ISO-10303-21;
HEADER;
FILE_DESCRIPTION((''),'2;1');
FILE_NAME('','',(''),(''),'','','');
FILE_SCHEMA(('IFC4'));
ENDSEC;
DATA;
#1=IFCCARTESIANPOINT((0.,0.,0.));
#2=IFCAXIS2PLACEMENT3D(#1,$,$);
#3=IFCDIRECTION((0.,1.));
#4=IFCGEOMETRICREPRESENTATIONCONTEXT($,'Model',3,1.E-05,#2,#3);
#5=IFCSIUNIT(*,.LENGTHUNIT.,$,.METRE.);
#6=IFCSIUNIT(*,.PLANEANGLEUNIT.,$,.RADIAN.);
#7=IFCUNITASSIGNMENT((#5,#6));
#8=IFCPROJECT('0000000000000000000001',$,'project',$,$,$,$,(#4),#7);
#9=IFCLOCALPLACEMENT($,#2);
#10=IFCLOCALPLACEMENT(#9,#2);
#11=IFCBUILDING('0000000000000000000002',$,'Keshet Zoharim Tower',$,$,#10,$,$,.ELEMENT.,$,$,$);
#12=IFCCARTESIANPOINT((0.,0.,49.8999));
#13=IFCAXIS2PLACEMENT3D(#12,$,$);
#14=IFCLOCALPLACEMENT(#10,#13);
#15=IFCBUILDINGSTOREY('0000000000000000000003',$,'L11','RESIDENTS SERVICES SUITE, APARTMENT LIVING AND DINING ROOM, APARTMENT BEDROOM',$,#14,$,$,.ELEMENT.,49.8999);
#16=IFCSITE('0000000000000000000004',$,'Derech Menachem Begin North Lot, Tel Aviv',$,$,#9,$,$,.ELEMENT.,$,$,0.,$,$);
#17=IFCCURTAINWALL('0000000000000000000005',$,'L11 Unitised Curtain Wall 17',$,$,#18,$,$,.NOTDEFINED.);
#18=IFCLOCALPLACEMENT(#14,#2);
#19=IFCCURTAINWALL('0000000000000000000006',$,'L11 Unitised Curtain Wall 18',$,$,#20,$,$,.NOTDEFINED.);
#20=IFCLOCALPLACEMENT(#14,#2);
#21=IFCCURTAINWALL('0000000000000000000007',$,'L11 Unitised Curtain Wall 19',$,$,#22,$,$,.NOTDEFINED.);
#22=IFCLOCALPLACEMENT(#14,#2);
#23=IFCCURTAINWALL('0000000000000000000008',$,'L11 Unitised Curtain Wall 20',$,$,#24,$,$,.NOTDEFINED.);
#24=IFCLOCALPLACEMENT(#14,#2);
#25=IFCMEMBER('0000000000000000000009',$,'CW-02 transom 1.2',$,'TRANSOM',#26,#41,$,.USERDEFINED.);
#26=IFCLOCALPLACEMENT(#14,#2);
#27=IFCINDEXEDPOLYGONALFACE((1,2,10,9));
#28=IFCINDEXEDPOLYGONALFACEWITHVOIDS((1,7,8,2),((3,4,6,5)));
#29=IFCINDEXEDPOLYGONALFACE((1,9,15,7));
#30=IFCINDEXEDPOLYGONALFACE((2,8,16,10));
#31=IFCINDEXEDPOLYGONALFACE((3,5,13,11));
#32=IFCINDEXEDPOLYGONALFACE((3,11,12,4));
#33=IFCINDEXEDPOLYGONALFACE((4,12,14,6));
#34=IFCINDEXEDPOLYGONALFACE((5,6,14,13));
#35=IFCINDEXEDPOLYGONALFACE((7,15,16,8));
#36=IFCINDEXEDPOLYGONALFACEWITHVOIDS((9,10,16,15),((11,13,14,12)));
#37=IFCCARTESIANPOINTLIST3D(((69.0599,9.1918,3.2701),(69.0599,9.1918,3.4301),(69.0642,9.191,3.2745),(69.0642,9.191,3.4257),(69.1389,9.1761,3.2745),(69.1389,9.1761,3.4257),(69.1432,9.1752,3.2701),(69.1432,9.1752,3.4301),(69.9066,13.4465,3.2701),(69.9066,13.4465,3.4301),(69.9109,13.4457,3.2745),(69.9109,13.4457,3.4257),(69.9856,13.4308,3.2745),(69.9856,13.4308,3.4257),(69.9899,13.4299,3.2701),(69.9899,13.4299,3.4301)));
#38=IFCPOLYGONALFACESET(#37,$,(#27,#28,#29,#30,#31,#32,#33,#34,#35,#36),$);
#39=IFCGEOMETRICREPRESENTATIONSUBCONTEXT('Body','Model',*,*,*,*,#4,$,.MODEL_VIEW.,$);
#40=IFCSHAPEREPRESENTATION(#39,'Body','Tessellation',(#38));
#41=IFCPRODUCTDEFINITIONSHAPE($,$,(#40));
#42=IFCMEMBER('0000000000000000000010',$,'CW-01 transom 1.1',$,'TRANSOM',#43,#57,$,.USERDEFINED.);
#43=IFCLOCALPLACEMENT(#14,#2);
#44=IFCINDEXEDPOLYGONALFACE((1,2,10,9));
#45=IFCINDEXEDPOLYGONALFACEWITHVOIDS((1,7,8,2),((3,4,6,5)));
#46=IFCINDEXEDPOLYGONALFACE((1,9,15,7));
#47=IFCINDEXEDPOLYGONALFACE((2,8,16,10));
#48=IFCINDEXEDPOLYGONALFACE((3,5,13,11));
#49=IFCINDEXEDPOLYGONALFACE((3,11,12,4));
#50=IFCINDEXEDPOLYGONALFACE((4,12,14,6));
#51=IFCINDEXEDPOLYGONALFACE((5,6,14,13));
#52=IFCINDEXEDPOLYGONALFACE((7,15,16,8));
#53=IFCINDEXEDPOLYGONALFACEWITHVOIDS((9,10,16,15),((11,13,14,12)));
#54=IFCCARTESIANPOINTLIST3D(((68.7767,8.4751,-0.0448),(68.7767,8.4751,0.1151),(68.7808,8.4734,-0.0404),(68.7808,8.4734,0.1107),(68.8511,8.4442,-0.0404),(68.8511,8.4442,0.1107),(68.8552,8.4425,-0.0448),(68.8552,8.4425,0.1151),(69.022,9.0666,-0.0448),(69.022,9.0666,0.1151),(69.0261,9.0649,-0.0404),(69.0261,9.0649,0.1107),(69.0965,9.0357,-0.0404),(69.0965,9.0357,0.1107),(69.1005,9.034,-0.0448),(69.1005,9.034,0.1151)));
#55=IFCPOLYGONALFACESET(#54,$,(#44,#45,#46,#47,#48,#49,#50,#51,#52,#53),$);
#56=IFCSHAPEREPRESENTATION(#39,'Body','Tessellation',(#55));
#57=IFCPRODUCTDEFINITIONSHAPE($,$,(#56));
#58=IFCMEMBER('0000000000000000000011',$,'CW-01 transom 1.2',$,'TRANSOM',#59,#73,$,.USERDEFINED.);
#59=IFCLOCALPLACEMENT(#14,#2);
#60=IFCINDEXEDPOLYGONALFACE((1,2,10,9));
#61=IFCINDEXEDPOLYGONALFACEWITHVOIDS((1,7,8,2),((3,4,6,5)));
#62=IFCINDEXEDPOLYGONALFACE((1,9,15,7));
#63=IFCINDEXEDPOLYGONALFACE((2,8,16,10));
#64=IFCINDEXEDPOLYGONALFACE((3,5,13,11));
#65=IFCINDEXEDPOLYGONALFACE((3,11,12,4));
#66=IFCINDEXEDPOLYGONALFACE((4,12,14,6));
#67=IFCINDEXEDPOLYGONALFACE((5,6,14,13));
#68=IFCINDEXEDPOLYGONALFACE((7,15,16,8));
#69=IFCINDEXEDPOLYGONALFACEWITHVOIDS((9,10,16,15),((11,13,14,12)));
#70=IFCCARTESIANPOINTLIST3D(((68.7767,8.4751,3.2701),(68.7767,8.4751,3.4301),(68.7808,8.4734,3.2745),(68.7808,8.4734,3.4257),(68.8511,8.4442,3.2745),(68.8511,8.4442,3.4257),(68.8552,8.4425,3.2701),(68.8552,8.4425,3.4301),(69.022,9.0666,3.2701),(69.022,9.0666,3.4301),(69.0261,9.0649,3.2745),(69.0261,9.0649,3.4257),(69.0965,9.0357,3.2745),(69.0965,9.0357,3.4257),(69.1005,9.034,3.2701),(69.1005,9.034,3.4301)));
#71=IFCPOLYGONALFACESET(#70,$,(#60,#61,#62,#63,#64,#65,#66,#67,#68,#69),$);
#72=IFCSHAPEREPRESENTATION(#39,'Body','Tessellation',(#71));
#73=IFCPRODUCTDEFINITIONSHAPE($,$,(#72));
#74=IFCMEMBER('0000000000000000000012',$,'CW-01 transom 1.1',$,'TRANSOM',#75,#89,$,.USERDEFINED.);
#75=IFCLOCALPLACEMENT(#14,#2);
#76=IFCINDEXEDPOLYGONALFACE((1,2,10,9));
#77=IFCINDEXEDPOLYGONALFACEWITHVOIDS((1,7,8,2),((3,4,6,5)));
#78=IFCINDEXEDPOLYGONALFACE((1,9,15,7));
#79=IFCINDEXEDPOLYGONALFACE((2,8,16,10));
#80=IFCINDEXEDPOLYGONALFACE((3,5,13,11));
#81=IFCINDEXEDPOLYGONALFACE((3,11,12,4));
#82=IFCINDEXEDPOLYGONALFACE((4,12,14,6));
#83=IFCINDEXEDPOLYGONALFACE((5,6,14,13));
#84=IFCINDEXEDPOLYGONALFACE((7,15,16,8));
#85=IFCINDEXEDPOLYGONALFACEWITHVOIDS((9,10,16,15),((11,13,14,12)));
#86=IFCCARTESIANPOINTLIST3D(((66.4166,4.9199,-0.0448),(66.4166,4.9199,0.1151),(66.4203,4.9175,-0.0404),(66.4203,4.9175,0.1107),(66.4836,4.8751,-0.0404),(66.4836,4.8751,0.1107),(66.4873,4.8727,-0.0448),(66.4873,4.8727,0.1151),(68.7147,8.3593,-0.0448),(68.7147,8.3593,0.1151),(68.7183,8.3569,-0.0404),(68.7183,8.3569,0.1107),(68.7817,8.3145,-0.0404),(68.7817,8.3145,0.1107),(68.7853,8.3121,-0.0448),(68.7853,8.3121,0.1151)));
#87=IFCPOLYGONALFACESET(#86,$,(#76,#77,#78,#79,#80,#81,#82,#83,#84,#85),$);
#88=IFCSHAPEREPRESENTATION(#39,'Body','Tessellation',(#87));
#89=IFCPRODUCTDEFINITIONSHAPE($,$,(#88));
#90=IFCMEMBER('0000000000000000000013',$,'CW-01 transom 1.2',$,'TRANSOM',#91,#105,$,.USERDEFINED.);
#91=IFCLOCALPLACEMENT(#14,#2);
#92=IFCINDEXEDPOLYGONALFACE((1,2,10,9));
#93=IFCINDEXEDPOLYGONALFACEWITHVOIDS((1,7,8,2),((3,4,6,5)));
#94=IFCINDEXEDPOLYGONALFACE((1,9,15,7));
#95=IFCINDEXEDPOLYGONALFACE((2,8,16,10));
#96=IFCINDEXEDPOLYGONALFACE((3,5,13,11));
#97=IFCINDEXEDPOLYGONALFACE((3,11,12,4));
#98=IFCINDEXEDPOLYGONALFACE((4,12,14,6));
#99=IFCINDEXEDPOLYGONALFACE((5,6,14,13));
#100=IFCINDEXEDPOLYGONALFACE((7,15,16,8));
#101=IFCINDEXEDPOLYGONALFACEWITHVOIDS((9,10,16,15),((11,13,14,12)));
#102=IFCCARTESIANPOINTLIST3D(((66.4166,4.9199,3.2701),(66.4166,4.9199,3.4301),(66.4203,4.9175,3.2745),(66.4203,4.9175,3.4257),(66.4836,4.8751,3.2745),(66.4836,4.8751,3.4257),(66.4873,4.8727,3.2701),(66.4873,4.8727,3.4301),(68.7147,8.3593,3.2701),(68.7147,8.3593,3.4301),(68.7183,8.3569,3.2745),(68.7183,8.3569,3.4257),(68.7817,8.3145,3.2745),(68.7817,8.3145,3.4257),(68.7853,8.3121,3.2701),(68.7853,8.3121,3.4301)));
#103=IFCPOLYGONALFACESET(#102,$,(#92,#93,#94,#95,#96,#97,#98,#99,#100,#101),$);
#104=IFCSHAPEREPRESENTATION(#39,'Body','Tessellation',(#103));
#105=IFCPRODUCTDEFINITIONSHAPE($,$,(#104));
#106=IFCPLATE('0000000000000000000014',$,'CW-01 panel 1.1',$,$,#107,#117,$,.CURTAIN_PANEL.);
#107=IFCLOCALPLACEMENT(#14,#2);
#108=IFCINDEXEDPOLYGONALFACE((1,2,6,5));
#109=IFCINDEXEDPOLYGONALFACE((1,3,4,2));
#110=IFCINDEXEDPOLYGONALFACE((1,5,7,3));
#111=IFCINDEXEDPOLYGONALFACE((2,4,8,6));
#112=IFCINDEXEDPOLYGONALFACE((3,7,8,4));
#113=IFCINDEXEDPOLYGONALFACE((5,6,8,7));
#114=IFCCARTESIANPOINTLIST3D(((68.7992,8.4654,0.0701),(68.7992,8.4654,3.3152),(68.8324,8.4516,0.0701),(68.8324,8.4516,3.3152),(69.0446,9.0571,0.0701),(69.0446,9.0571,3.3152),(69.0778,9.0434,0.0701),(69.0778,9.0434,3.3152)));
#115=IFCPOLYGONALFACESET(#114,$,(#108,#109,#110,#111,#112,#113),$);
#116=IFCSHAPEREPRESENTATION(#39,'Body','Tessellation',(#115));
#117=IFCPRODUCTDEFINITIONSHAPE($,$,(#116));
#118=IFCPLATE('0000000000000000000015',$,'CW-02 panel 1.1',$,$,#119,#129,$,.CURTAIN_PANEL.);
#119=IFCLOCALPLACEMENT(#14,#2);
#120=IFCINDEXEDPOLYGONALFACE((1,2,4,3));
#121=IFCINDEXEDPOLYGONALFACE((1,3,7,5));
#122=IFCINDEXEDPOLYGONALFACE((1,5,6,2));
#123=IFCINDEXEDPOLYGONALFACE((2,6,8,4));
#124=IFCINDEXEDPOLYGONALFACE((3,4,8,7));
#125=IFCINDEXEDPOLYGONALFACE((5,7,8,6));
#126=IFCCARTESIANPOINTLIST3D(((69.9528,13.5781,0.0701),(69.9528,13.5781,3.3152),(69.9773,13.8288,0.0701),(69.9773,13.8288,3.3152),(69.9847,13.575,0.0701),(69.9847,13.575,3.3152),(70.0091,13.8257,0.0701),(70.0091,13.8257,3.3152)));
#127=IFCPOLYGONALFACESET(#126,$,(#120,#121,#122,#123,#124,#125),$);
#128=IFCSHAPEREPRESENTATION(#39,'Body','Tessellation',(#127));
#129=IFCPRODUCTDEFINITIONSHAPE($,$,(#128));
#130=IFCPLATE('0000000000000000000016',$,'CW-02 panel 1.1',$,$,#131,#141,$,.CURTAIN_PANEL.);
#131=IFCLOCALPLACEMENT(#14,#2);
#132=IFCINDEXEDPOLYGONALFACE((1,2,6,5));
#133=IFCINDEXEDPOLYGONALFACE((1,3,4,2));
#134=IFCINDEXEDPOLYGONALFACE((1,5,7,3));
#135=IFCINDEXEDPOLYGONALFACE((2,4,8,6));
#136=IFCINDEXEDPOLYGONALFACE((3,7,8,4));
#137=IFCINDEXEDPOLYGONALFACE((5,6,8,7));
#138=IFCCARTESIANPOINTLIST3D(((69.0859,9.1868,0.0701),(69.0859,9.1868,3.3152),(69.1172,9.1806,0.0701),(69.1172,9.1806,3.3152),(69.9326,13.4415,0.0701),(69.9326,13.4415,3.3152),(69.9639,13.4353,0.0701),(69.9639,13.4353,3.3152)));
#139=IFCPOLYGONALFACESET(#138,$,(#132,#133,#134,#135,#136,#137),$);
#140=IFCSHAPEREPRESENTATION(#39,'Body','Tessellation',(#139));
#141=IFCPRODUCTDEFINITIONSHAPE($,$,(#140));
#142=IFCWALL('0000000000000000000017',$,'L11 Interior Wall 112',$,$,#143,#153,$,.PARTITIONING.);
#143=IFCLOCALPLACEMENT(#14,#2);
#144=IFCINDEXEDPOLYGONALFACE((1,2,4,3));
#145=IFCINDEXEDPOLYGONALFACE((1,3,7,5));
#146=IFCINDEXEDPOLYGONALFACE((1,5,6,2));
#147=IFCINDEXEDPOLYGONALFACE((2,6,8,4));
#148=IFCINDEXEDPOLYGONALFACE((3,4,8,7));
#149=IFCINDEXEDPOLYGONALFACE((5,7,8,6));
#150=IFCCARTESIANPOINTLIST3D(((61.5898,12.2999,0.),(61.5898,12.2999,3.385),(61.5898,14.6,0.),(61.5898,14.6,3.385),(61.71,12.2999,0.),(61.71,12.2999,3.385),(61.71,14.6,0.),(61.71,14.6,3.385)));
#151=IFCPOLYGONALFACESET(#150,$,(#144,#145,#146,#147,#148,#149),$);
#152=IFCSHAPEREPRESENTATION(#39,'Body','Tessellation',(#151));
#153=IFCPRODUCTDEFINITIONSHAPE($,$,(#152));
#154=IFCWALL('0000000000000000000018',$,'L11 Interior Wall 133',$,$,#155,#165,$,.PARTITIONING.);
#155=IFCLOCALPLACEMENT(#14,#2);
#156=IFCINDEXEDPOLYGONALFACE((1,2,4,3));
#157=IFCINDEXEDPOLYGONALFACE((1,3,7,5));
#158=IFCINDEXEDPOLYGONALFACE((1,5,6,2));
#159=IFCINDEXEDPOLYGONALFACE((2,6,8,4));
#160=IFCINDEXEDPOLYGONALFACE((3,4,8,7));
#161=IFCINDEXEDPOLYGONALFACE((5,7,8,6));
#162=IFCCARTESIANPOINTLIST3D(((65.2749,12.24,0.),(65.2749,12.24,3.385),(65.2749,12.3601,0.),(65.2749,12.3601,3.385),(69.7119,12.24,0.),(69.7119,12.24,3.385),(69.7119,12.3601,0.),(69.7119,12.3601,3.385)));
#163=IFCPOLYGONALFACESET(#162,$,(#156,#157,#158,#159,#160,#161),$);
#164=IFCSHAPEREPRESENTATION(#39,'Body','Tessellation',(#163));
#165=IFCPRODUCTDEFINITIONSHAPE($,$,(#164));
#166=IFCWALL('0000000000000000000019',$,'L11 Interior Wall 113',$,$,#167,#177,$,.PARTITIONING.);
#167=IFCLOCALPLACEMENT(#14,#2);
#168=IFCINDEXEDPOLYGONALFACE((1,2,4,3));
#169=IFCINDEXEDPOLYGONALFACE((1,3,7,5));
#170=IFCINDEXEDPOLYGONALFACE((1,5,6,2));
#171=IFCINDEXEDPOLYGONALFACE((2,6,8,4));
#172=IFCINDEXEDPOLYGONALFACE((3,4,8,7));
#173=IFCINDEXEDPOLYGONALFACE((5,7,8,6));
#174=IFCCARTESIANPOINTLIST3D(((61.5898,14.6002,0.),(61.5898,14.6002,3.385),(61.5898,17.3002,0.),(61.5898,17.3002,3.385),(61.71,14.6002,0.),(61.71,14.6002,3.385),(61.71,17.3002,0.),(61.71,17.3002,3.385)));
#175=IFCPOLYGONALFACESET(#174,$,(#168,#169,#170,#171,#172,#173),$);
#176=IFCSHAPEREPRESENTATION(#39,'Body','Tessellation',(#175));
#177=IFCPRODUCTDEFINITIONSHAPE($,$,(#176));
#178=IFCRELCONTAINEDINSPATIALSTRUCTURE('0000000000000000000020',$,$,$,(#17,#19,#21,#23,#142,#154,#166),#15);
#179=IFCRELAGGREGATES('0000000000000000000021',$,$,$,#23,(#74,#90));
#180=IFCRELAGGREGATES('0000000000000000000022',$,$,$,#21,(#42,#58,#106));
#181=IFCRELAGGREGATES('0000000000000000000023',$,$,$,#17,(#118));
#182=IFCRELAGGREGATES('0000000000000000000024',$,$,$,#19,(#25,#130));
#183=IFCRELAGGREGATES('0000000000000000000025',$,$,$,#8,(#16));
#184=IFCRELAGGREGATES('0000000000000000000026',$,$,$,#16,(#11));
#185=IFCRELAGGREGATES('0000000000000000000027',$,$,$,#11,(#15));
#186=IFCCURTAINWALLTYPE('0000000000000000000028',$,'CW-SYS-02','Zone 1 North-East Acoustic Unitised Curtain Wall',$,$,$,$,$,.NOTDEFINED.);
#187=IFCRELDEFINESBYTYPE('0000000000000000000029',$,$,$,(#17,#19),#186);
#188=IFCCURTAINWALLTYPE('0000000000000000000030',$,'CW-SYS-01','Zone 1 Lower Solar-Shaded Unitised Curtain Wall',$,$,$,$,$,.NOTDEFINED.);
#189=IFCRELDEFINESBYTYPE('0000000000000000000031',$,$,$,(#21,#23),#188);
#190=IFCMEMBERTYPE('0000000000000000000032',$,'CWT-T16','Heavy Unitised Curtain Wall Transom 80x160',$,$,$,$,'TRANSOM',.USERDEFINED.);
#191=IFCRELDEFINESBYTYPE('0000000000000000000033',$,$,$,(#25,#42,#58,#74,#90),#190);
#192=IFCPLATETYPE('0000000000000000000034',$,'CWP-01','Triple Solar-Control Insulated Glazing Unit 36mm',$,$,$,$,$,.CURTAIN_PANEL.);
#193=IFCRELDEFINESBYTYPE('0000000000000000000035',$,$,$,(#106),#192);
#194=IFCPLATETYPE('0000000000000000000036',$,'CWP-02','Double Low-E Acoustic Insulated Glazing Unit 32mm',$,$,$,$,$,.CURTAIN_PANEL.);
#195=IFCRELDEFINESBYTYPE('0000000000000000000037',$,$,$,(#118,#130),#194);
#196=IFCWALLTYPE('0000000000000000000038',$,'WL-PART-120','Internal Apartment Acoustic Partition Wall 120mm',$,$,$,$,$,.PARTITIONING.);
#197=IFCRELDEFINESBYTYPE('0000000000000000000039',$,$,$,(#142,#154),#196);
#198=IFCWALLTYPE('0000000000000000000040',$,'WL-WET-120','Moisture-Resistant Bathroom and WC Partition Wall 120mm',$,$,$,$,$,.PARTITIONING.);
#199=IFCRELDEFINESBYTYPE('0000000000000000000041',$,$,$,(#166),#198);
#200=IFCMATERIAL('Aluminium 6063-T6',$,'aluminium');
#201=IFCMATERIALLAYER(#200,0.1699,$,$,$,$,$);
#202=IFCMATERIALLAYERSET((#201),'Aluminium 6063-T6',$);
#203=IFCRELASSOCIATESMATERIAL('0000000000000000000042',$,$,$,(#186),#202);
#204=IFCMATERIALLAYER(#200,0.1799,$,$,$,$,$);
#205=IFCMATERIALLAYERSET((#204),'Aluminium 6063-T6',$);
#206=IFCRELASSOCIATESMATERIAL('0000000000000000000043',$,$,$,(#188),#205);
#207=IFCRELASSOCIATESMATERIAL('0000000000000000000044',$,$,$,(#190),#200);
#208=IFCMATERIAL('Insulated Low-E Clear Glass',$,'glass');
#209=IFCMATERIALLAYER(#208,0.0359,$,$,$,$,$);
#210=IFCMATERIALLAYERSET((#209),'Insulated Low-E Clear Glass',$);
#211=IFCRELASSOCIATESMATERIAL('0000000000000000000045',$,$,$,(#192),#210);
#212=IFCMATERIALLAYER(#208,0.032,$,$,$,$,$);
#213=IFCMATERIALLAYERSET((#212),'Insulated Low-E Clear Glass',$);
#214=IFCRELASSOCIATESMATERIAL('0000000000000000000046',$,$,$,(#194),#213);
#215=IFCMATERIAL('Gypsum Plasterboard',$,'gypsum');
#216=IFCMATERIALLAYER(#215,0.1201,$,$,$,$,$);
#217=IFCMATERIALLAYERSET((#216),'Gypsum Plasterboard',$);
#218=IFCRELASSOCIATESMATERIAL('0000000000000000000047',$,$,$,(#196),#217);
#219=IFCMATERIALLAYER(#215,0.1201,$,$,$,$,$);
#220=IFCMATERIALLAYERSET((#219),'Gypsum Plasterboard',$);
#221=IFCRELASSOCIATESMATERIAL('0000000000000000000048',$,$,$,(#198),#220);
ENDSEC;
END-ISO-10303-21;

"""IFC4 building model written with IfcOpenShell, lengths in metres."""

from ifc_helpers import new_model, si_unit, direction, frame, frame_2d, origin, origin_2d, place, context, subcontext, project, spatial, rectangle, hollow_rectangle, extrude, material, layer, layer_set, material_profile, profile_set, type_object, element, aggregate, save


model = new_model("IFC4")

# Units and contexts
model_context = context("Model", 3, precision=1e-05, world=origin(), true_north=direction((0.0, 1.0)))
body_context = subcontext(model_context, "Body", "Model", "MODEL_VIEW")
ifc_project = project(units=[si_unit("LENGTHUNIT", "METRE"), si_unit("PLANEANGLEUNIT", "RADIAN")], contexts=[model_context])

# Site, building, storey
site_placement = place(None, origin())
site = spatial("IfcSite", under=ifc_project, at=site_placement, Name="Derech Menachem Begin North Lot, Tel Aviv", CompositionType="ELEMENT", RefElevation=0.0)
building_placement = place(site_placement, origin())
building = spatial("IfcBuilding", under=site, at=building_placement, Name="Keshet Zoharim Tower", CompositionType="ELEMENT")
storey_placement = place(building_placement, frame((0.0, 0.0, 49.8999)))
storey = spatial("IfcBuildingStorey", under=building, at=storey_placement, Name="L11", Description="RESIDENTS SERVICES SUITE, APARTMENT LIVING AND DINING ROOM, APARTMENT BEDROOM", CompositionType="ELEMENT", Elevation=49.8999)

# Shared definitions
ifc_material_1 = material(Name="Aluminium 6063-T6", Category="aluminium")
ifc_layer_1 = layer(ifc_material_1, 0.1699)
ifc_layer_set_1 = layer_set([ifc_layer_1], Name="Aluminium 6063-T6")
curtain_wall_type_1 = type_object("IfcCurtainWallType", Name="CW-SYS-02", Description="Zone 1 North-East Acoustic Unitised Curtain Wall", PredefinedType="NOTDEFINED", material=ifc_layer_set_1)

# Curtain walls
curtain_wall_1_placement = place(storey_placement, origin())
curtain_wall_1 = element("IfcCurtainWall", 1, at=curtain_wall_1_placement, inside=storey, type_object=curtain_wall_type_1, Name="L11 Unitised Curtain Wall 17", PredefinedType="NOTDEFINED")
curtain_wall_2_placement = place(storey_placement, origin())
curtain_wall_2 = element("IfcCurtainWall", 2, at=curtain_wall_2_placement, inside=storey, type_object=curtain_wall_type_1, Name="L11 Unitised Curtain Wall 18", PredefinedType="NOTDEFINED")
ifc_layer_2 = layer(ifc_material_1, 0.1799)
ifc_layer_set_2 = layer_set([ifc_layer_2], Name="Aluminium 6063-T6")
curtain_wall_type_2 = type_object("IfcCurtainWallType", Name="CW-SYS-01", Description="Zone 1 Lower Solar-Shaded Unitised Curtain Wall", PredefinedType="NOTDEFINED", material=ifc_layer_set_2)
curtain_wall_3_placement = place(storey_placement, origin())
curtain_wall_3 = element("IfcCurtainWall", 3, at=curtain_wall_3_placement, inside=storey, type_object=curtain_wall_type_2, Name="L11 Unitised Curtain Wall 19", PredefinedType="NOTDEFINED")

# Curtain wall
curtain_wall_4_placement = place(storey_placement, origin())
curtain_wall_4 = element("IfcCurtainWall", 4, at=curtain_wall_4_placement, inside=storey, type_object=curtain_wall_type_2, Name="L11 Unitised Curtain Wall 20", PredefinedType="NOTDEFINED")

# Members
ifc_material_profile_1 = material_profile(ifc_material_1, hollow_rectangle(XDim=0.085, YDim=0.1599, WallThickness=0.0044, at=origin_2d()), Name="TRN-85x160")
ifc_profile_set_1 = profile_set([ifc_material_profile_1], Name="Aluminium 6063-T6")
member_type_1 = type_object("IfcMemberType", Name="CWT-T16", Description="Heavy Unitised Curtain Wall Transom 80x160", ElementType="TRANSOM", PredefinedType="USERDEFINED", material=ifc_profile_set_1)
member_1_placement = place(storey_placement, frame((69.9482, 13.4382, 3.3501), z_axis=(-0.195174, -0.980769, 0.0), x_axis=(0.980769, -0.195174, 0.0)))
member_1 = element("IfcMember", 5, at=member_1_placement, type_object=member_type_1, Name="CW-02 transom 1.2", ObjectType="TRANSOM", PredefinedType="USERDEFINED", context=body_context, shape_type="SweptSolid", body=[
    extrude(hollow_rectangle(XDim=0.085, YDim=0.1599, WallThickness=0.0044, at=origin_2d()), origin(), (0.0, 0.0, 1.0), 4.3381),
])
member_2_placement = place(storey_placement, frame((69.0613, 9.0503, 0.0352), z_axis=(-0.383126, -0.923696, 0.0), x_axis=(0.923696, -0.383126, 0.0)))
member_2 = element("IfcMember", 6, at=member_2_placement, type_object=member_type_1, Name="CW-01 transom 1.1", ObjectType="TRANSOM", PredefinedType="USERDEFINED", context=body_context, shape_type="SweptSolid", body=[
    extrude(hollow_rectangle(XDim=0.085, YDim=0.1599, WallThickness=0.0044, at=origin_2d()), origin(), (0.0, 0.0, 1.0), 0.6404),
])
member_3_placement = place(storey_placement, frame((69.0613, 9.0503, 3.3501), z_axis=(-0.383126, -0.923696, 0.0), x_axis=(0.923696, -0.383126, 0.0)))
member_3 = element("IfcMember", 7, at=member_3_placement, type_object=member_type_1, Name="CW-01 transom 1.2", ObjectType="TRANSOM", PredefinedType="USERDEFINED", context=body_context, shape_type="SweptSolid", body=[
    extrude(hollow_rectangle(XDim=0.085, YDim=0.1599, WallThickness=0.0044, at=origin_2d()), origin(), (0.0, 0.0, 1.0), 0.6404),
])
member_4_placement = place(storey_placement, frame((68.75, 8.3357, 0.0352), z_axis=(-0.555558, -0.831478, 0.0), x_axis=(0.831478, -0.555558, 0.0)))
member_4 = element("IfcMember", 8, at=member_4_placement, type_object=member_type_1, Name="CW-01 transom 1.1", ObjectType="TRANSOM", PredefinedType="USERDEFINED", context=body_context, shape_type="SweptSolid", body=[
    extrude(hollow_rectangle(XDim=0.085, YDim=0.1599, WallThickness=0.0044, at=origin_2d()), origin(), (0.0, 0.0, 1.0), 4.1365),
])
member_5_placement = place(storey_placement, frame((68.75, 8.3357, 3.3501), z_axis=(-0.555558, -0.831478, 0.0), x_axis=(0.831478, -0.555558, 0.0)))
member_5 = element("IfcMember", 9, at=member_5_placement, type_object=member_type_1, Name="CW-01 transom 1.2", ObjectType="TRANSOM", PredefinedType="USERDEFINED", context=body_context, shape_type="SweptSolid", body=[
    extrude(hollow_rectangle(XDim=0.085, YDim=0.1599, WallThickness=0.0044, at=origin_2d()), origin(), (0.0, 0.0, 1.0), 4.1365),
])
aggregate(curtain_wall_4, [member_4, member_5])

# Plates
ifc_material_2 = material(Name="Insulated Low-E Clear Glass", Category="glass")
ifc_layer_3 = layer(ifc_material_2, 0.0359)
ifc_layer_set_3 = layer_set([ifc_layer_3], Name="Insulated Low-E Clear Glass")
plate_type_1 = type_object("IfcPlateType", Name="CWP-01", Description="Triple Solar-Control Insulated Glazing Unit 36mm", PredefinedType="CURTAIN_PANEL", material=ifc_layer_set_3)
plate_1_placement = place(storey_placement, frame((68.9385, 8.7544, 0.0701), z_axis=(0.0, 0.0, 1.0), x_axis=(-0.383068, -0.92372, 0.0)))
plate_1 = element("IfcPlate", 10, at=plate_1_placement, type_object=plate_type_1, Name="CW-01 panel 1.1", PredefinedType="CURTAIN_PANEL", context=body_context, shape_type="SweptSolid", body=[
    extrude(rectangle(XDim=0.6406, YDim=0.0359, at=origin_2d()), origin(), (0.0, 0.0, 1.0), 3.2451),
])
aggregate(curtain_wall_3, [member_2, member_3, plate_1])
ifc_layer_4 = layer(ifc_material_2, 0.032)
ifc_layer_set_4 = layer_set([ifc_layer_4], Name="Insulated Low-E Clear Glass")
plate_type_2 = type_object("IfcPlateType", Name="CWP-02", Description="Double Low-E Acoustic Insulated Glazing Unit 32mm", PredefinedType="CURTAIN_PANEL", material=ifc_layer_set_4)
plate_2_placement = place(storey_placement, frame((69.981, 13.7019, 0.0701), z_axis=(0.0, 0.0, 1.0), x_axis=(-0.096977, -0.995287, 0.0)))
plate_2 = element("IfcPlate", 11, at=plate_2_placement, type_object=plate_type_2, Name="CW-02 panel 1.1", PredefinedType="CURTAIN_PANEL", context=body_context, shape_type="SweptSolid", body=[
    extrude(rectangle(XDim=0.252, YDim=0.032, at=origin_2d()), origin(), (0.0, 0.0, 1.0), 3.2451),
])
aggregate(curtain_wall_1, [plate_2])
plate_3_placement = place(storey_placement, frame((69.5249, 11.311, 0.0701), z_axis=(0.0, 0.0, 1.0), x_axis=(-0.195171, -0.980769, 0.0)))
plate_3 = element("IfcPlate", 12, at=plate_3_placement, type_object=plate_type_2, Name="CW-02 panel 1.1", PredefinedType="CURTAIN_PANEL", context=body_context, shape_type="SweptSolid", body=[
    extrude(rectangle(XDim=4.3381, YDim=0.032, at=origin_2d()), origin(), (0.0, 0.0, 1.0), 3.2451),
])
aggregate(curtain_wall_2, [member_1, plate_3])

# Wall
ifc_material_3 = material(Name="Gypsum Plasterboard", Category="gypsum")
ifc_layer_5 = layer(ifc_material_3, 0.1201)
ifc_layer_set_5 = layer_set([ifc_layer_5], Name="Gypsum Plasterboard")
wall_type_1 = type_object("IfcWallType", Name="WL-PART-120", Description="Internal Apartment Acoustic Partition Wall 120mm", PredefinedType="PARTITIONING", material=ifc_layer_set_5)
wall_1_placement = place(storey_placement, frame((61.6499, 12.3, 0.0), z_axis=(0.0, 0.0, 1.0), x_axis=(0.0, 1.0, 0.0)))
element("IfcWall", 13, at=wall_1_placement, inside=storey, type_object=wall_type_1, Name="L11 Interior Wall 112", PredefinedType="PARTITIONING", context=body_context, shape_type="SweptSolid", body=[
    extrude(rectangle(XDim=2.3, YDim=0.1201, at=frame_2d((1.1499, 0.0))), origin(), (0.0, 0.0, 1.0), 3.385),
])

# Walls
wall_2_placement = place(storey_placement, frame((65.2749, 12.3, 0.0), z_axis=(0.0, 0.0, 1.0), x_axis=(1.0, 0.0, 0.0)))
element("IfcWall", 14, at=wall_2_placement, inside=storey, type_object=wall_type_1, Name="L11 Interior Wall 133", PredefinedType="PARTITIONING", context=body_context, shape_type="SweptSolid", body=[
    extrude(rectangle(XDim=4.437, YDim=0.1201, at=frame_2d((2.2185, 0.0))), origin(), (0.0, 0.0, 1.0), 3.385),
])
ifc_layer_6 = layer(ifc_material_3, 0.1201)
ifc_layer_set_6 = layer_set([ifc_layer_6], Name="Gypsum Plasterboard")
wall_type_2 = type_object("IfcWallType", Name="WL-WET-120", Description="Moisture-Resistant Bathroom and WC Partition Wall 120mm", PredefinedType="PARTITIONING", material=ifc_layer_set_6)
wall_3_placement = place(storey_placement, frame((61.6499, 14.6001, 0.0), z_axis=(0.0, 0.0, 1.0), x_axis=(0.0, 1.0, 0.0)))
element("IfcWall", 15, at=wall_3_placement, inside=storey, type_object=wall_type_2, Name="L11 Interior Wall 113", PredefinedType="PARTITIONING", context=body_context, shape_type="SweptSolid", body=[
    extrude(rectangle(XDim=2.7, YDim=0.1201, at=frame_2d((1.3501, 0.0))), origin(), (0.0, 0.0, 1.0), 3.385),
])

save(model, "model.ifc")
